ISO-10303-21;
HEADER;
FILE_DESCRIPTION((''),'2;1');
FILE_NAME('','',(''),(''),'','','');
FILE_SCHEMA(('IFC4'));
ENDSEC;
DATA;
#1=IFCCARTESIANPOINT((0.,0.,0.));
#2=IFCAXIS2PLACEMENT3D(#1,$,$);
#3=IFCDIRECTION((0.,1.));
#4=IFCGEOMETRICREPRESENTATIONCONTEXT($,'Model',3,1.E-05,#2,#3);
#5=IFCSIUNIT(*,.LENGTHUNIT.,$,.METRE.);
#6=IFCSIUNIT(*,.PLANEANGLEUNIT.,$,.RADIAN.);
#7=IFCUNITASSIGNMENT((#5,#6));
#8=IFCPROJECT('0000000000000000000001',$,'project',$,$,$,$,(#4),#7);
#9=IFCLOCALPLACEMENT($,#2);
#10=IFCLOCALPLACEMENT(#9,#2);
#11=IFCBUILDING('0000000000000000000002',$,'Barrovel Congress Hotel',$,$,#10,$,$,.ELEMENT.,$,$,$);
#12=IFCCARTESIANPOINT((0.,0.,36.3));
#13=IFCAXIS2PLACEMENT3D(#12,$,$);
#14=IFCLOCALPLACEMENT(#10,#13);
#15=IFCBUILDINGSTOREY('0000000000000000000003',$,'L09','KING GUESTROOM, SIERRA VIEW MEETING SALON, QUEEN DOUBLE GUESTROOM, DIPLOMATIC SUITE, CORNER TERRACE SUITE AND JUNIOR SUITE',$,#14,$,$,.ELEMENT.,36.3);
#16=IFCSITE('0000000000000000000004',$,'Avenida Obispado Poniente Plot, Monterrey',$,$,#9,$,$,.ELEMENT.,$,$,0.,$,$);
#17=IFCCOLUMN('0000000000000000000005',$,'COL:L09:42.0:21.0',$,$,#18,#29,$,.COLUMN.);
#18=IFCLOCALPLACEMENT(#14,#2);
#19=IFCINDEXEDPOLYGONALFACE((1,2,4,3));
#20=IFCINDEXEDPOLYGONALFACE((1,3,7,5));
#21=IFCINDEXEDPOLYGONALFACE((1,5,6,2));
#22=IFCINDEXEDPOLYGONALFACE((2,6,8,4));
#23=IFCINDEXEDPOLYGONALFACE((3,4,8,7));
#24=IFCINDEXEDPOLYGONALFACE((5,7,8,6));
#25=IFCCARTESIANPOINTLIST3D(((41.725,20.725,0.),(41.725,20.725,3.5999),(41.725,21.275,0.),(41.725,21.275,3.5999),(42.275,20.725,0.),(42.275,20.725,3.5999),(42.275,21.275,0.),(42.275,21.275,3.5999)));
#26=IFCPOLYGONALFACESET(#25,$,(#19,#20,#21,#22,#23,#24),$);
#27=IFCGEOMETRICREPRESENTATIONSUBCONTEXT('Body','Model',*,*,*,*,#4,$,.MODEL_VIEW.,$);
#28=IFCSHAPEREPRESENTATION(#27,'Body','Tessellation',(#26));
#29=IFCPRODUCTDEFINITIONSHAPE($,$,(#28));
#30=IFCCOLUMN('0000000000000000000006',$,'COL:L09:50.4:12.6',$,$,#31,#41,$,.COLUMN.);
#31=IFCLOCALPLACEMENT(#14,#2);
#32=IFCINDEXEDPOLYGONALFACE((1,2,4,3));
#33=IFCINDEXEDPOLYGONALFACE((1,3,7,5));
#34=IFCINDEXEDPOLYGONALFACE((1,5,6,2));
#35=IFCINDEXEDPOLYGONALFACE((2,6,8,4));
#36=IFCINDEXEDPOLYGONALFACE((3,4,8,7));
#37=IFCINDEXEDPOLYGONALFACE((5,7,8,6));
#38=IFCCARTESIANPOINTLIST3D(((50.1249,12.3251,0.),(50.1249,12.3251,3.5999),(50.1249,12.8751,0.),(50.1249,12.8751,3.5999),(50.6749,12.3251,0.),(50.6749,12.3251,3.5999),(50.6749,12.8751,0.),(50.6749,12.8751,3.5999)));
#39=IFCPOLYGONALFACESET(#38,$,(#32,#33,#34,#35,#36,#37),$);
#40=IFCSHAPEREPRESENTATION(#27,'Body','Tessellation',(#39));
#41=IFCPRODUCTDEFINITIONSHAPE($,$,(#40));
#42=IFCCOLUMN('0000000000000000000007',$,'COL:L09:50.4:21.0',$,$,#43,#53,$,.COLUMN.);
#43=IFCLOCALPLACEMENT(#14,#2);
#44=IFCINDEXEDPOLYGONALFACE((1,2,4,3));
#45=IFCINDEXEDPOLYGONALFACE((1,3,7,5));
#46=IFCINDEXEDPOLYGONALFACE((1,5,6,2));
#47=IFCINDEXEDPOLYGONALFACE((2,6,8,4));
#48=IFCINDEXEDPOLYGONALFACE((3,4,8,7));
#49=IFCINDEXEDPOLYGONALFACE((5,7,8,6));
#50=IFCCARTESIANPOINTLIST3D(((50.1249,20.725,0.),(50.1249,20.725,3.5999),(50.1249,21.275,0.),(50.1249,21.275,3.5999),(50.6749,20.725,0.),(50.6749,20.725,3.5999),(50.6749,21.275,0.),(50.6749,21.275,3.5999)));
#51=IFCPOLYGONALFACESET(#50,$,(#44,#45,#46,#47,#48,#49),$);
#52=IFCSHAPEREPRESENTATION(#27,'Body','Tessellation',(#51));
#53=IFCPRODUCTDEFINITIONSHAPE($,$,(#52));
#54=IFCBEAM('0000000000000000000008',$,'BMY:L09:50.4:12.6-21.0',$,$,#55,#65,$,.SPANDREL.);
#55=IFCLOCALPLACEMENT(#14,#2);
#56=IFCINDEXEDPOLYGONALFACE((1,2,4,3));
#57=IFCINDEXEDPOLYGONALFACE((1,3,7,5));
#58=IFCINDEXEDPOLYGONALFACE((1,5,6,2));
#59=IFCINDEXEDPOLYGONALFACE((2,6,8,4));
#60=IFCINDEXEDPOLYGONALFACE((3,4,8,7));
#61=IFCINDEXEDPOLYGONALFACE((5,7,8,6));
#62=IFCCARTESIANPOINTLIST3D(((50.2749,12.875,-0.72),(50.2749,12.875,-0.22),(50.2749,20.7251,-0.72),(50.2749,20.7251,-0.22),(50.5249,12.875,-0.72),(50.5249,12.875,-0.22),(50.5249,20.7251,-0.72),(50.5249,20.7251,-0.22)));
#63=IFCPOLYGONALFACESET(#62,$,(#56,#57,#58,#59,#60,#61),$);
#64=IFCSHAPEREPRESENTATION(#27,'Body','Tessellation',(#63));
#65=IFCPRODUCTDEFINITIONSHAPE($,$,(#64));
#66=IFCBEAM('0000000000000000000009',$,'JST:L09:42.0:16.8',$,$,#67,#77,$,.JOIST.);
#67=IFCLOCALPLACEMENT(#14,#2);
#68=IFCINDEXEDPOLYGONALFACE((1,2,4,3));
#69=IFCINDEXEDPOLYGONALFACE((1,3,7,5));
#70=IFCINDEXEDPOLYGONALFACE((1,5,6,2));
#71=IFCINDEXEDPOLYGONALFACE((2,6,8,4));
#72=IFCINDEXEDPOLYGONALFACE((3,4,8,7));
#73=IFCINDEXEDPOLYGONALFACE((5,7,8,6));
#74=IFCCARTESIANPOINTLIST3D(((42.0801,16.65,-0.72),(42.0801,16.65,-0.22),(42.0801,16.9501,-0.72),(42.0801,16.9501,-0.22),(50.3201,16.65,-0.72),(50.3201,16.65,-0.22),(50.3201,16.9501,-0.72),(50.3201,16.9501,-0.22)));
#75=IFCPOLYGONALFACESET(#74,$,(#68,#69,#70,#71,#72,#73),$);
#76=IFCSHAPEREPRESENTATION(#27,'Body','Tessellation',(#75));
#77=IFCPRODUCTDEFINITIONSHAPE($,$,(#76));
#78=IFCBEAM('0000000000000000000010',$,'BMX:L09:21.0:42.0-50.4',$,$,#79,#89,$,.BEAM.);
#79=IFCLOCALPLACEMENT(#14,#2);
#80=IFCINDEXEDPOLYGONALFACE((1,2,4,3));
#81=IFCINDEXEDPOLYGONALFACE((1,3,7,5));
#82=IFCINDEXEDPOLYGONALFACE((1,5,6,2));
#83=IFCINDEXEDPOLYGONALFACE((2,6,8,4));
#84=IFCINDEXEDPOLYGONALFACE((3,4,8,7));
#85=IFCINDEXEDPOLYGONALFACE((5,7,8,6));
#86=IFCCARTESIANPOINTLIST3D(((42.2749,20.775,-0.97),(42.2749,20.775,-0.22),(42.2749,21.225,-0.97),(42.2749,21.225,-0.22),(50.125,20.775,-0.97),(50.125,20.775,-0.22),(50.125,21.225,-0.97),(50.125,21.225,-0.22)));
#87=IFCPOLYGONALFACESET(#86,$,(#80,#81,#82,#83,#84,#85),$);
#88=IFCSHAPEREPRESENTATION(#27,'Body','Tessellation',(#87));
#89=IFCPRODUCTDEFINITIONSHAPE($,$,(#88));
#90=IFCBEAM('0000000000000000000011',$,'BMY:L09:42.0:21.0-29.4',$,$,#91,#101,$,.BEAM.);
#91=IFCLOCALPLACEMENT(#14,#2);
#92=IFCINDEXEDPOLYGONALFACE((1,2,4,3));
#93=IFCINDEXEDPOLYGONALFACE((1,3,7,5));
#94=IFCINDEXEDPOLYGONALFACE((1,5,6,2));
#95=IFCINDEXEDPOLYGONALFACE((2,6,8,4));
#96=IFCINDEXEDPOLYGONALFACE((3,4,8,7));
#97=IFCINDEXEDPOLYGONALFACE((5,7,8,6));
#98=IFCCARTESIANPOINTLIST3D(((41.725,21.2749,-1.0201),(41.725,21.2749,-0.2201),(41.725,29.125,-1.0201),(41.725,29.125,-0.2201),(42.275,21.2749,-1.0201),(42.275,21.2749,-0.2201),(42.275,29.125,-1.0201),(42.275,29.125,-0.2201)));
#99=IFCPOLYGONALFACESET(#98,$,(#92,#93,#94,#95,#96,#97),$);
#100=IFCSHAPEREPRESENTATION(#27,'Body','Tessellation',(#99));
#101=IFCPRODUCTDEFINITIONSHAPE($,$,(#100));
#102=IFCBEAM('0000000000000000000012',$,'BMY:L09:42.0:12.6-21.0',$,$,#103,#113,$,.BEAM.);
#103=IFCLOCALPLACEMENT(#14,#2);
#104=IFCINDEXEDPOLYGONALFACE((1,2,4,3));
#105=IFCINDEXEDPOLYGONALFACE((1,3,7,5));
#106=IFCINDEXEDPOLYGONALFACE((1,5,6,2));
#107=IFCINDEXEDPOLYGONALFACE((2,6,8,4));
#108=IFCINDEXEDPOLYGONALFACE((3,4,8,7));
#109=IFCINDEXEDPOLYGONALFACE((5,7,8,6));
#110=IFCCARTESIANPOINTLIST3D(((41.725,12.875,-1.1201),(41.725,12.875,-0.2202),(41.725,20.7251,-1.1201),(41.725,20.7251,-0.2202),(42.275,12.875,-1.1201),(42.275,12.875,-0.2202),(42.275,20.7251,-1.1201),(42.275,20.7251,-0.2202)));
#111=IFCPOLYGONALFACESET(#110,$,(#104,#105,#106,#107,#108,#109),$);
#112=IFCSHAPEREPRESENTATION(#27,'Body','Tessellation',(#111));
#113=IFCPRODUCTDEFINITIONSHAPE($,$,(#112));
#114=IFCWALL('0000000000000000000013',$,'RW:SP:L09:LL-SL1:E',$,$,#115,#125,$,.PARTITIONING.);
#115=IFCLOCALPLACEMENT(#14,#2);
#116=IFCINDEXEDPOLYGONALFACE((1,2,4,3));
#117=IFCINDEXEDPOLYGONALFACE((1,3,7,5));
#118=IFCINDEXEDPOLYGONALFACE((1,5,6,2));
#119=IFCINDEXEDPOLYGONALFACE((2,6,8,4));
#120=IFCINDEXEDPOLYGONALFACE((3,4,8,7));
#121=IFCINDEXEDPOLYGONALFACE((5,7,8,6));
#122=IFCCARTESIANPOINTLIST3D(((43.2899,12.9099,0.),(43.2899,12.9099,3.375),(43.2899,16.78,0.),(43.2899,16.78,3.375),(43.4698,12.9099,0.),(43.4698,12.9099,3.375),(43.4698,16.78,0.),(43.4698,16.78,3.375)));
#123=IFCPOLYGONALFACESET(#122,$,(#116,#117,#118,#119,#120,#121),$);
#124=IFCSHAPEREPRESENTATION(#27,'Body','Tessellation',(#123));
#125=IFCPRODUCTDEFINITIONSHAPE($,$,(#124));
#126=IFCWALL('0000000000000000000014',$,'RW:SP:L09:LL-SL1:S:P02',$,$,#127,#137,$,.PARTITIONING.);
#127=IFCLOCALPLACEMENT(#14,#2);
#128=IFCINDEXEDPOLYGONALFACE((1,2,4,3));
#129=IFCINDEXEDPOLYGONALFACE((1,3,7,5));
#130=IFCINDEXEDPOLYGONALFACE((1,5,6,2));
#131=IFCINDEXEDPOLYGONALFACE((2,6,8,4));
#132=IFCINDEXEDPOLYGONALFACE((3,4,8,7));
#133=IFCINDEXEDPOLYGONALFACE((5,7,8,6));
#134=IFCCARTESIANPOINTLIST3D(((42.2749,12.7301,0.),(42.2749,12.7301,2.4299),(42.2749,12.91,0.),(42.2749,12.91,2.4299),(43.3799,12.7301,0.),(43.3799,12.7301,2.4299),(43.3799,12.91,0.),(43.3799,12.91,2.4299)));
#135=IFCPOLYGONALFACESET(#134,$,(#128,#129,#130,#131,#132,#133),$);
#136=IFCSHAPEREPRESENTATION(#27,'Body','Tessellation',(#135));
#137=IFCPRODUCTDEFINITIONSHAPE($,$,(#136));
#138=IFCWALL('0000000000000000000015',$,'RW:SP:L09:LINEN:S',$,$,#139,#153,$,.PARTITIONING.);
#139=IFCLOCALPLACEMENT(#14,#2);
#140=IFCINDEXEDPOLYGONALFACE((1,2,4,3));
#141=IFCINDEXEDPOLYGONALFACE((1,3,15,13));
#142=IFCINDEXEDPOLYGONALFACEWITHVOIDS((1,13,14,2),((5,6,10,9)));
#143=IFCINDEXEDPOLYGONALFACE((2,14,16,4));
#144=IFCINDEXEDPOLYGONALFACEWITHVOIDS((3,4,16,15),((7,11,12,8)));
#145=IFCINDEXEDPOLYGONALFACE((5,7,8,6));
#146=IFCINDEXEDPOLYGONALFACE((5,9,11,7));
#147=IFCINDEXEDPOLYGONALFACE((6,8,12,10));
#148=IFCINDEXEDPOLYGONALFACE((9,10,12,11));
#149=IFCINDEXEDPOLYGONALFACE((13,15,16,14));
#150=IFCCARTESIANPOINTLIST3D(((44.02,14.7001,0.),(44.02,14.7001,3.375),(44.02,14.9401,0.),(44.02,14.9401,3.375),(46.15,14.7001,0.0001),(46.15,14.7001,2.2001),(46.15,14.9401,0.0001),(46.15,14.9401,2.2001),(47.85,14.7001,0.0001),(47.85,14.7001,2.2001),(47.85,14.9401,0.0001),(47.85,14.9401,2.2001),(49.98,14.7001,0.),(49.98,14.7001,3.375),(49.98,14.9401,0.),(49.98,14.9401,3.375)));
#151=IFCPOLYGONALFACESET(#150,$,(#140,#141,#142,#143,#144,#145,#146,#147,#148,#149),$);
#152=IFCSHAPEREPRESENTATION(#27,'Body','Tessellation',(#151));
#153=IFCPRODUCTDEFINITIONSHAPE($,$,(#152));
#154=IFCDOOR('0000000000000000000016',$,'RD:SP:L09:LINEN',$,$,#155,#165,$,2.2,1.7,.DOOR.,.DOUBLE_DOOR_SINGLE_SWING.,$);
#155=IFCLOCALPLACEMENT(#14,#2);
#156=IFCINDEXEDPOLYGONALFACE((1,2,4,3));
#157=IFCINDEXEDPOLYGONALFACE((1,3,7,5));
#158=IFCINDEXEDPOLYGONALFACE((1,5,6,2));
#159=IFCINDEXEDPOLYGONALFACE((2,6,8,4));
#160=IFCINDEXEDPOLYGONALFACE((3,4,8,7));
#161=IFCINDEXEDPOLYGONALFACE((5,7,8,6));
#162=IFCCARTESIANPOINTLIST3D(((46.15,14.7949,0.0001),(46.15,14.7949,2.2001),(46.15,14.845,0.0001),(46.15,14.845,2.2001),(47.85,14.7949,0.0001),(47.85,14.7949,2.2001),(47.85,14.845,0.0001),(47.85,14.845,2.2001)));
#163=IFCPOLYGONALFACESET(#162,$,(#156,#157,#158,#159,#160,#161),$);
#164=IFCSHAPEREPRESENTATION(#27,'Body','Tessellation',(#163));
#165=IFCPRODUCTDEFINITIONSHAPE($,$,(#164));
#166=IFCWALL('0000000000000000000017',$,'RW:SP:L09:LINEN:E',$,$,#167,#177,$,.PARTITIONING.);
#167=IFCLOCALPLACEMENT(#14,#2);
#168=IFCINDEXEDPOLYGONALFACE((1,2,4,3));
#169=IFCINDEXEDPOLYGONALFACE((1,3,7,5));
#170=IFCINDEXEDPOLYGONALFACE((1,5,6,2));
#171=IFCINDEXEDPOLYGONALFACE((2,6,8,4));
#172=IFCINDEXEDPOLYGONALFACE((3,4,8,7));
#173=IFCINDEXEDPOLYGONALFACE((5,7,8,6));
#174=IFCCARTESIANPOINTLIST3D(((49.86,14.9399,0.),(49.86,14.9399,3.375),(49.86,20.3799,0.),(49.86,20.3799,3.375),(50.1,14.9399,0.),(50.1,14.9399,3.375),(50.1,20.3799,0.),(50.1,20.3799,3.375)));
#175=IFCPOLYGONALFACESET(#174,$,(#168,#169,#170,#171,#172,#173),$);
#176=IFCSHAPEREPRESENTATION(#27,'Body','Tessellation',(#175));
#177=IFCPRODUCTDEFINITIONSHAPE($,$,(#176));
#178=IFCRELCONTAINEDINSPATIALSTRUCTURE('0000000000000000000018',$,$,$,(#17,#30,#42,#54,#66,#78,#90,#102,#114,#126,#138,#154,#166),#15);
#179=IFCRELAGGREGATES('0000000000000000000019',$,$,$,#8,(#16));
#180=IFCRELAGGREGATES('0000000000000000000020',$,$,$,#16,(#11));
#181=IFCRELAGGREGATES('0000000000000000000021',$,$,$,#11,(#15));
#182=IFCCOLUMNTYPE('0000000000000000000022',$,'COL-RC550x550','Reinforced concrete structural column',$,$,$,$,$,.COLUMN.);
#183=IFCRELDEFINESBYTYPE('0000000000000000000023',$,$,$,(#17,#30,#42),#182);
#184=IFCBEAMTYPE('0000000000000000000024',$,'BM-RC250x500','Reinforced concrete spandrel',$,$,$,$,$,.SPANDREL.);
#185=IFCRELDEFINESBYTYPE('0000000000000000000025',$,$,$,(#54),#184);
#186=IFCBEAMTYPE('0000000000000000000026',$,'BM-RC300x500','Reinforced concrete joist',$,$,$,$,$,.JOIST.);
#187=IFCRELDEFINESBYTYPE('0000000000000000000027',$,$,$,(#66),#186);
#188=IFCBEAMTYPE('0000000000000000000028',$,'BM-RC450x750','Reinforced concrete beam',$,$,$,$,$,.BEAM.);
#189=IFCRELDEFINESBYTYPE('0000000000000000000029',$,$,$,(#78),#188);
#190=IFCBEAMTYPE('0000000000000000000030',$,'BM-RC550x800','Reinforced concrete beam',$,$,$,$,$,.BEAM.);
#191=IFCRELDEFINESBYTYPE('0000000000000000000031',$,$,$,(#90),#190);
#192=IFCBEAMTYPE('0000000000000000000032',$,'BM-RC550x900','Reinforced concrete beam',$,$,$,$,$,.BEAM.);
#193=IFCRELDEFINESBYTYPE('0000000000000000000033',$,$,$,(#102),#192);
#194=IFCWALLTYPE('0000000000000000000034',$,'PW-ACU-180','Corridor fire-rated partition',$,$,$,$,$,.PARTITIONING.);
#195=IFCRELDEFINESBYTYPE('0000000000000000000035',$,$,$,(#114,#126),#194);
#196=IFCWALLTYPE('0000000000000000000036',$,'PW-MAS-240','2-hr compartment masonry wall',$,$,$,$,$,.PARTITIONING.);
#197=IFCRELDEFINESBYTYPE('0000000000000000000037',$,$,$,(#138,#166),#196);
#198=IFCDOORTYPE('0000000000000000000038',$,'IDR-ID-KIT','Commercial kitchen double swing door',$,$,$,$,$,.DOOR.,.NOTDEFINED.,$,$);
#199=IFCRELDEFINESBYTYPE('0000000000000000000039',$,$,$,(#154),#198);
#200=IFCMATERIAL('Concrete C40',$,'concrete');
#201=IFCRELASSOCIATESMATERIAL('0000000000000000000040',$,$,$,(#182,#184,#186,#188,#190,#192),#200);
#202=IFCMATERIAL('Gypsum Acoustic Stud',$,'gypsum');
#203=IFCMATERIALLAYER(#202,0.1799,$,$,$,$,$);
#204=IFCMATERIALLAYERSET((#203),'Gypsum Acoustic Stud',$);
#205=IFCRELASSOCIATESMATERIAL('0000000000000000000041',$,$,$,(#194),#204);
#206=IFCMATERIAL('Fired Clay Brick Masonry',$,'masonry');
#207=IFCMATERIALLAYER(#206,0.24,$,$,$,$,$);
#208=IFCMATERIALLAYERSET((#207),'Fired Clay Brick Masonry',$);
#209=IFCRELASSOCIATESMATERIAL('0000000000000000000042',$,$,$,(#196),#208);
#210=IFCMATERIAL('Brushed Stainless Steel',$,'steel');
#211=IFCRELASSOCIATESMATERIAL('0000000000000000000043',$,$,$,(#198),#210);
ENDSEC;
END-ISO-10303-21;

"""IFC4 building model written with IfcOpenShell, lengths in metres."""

from ifc_helpers import new_model, si_unit, direction, frame, frame_2d, origin, origin_2d, place, context, subcontext, project, spatial, rectangle, extrude, material, layer, layer_set, material_profile, profile_set, type_object, element, fill, save


model = new_model("IFC4")

# Units and contexts
model_context = context("Model", 3, precision=1e-05, world=origin(), true_north=direction((0.0, 1.0)))
body_context = subcontext(model_context, "Body", "Model", "MODEL_VIEW")
ifc_project = project(units=[si_unit("LENGTHUNIT", "METRE"), si_unit("PLANEANGLEUNIT", "RADIAN")], contexts=[model_context])

# Site, building, storey
site_placement = place(None, origin())
site = spatial("IfcSite", under=ifc_project, at=site_placement, Name="Avenida Obispado Poniente Plot, Monterrey", CompositionType="ELEMENT", RefElevation=0.0)
building_placement = place(site_placement, origin())
building = spatial("IfcBuilding", under=site, at=building_placement, Name="Barrovel Congress Hotel", CompositionType="ELEMENT")
storey_placement = place(building_placement, frame((0.0, 0.0, 36.3)))
storey = spatial("IfcBuildingStorey", under=building, at=storey_placement, Name="L09", Description="KING GUESTROOM, SIERRA VIEW MEETING SALON, QUEEN DOUBLE GUESTROOM, DIPLOMATIC SUITE, CORNER TERRACE SUITE AND JUNIOR SUITE", CompositionType="ELEMENT", Elevation=36.3)

# Columns
ifc_material_1 = material(Name="Concrete C40", Category="concrete")
ifc_material_profile_1 = material_profile(ifc_material_1, rectangle(XDim=0.55, YDim=0.55, at=origin_2d()), Name="RC550x550")
ifc_profile_set_1 = profile_set([ifc_material_profile_1], Name="Concrete C40")
column_type = type_object("IfcColumnType", Name="COL-RC550x550", Description="Reinforced concrete structural column", PredefinedType="COLUMN", material=ifc_profile_set_1)
for number, where, z_axis, x_axis, name in (
    (1, (42.0, 21.0, 0.0), (0.0, 0.0, 1.0), (1.0, 0.0, 0.0), "COL:L09:42.0:21.0"),
    (2, (50.3999, 12.6001, 0.0), (0.0, 0.0, 1.0), (1.0, 0.0, 0.0), "COL:L09:50.4:12.6"),
    (3, (50.3999, 21.0, 0.0), (0.0, 0.0, 1.0), (1.0, 0.0, 0.0), "COL:L09:50.4:21.0"),
):
    element("IfcColumn", number, at=place(storey_placement, frame(where, z_axis=z_axis, x_axis=x_axis)), inside=storey, type_object=column_type, Name=name, PredefinedType="COLUMN", context=body_context, shape_type="SweptSolid", body=[
        extrude(rectangle(XDim=0.55, YDim=0.55, at=origin_2d()), origin(), (0.0, 0.0, 1.0), 3.5999),
    ])

# Beams
ifc_material_profile_2 = material_profile(ifc_material_1, rectangle(XDim=0.25, YDim=0.5, at=origin_2d()), Name="RC250x500")
ifc_profile_set_2 = profile_set([ifc_material_profile_2], Name="Concrete C40")
beam_type_1 = type_object("IfcBeamType", Name="BM-RC250x500", Description="Reinforced concrete spandrel", PredefinedType="SPANDREL", material=ifc_profile_set_2)
beam_1_placement = place(storey_placement, frame((50.3999, 12.875, -0.47), z_axis=(0.0, 1.0, 0.0), x_axis=(-1.0, 0.0, 0.0)))
element("IfcBeam", 4, at=beam_1_placement, inside=storey, type_object=beam_type_1, Name="BMY:L09:50.4:12.6-21.0", PredefinedType="SPANDREL", context=body_context, shape_type="SweptSolid", body=[
    extrude(rectangle(XDim=0.25, YDim=0.5, at=origin_2d()), origin(), (0.0, 0.0, 1.0), 7.8501),
])
ifc_material_profile_3 = material_profile(ifc_material_1, rectangle(XDim=0.3, YDim=0.5, at=origin_2d()), Name="RC300x500")
ifc_profile_set_3 = profile_set([ifc_material_profile_3], Name="Concrete C40")
beam_type_2 = type_object("IfcBeamType", Name="BM-RC300x500", Description="Reinforced concrete joist", PredefinedType="JOIST", material=ifc_profile_set_3)
beam_2_placement = place(storey_placement, frame((42.0801, 16.8, -0.47), z_axis=(1.0, 0.0, 0.0), x_axis=(0.0, 1.0, 0.0)))
element("IfcBeam", 5, at=beam_2_placement, inside=storey, type_object=beam_type_2, Name="JST:L09:42.0:16.8", PredefinedType="JOIST", context=body_context, shape_type="SweptSolid", body=[
    extrude(rectangle(XDim=0.3, YDim=0.5, at=origin_2d()), origin(), (0.0, 0.0, 1.0), 8.24),
])
ifc_material_profile_4 = material_profile(ifc_material_1, rectangle(XDim=0.45, YDim=0.75, at=origin_2d()), Name="RC450x750")
ifc_profile_set_4 = profile_set([ifc_material_profile_4], Name="Concrete C40")
beam_type_3 = type_object("IfcBeamType", Name="BM-RC450x750", Description="Reinforced concrete beam", PredefinedType="BEAM", material=ifc_profile_set_4)
beam_3_placement = place(storey_placement, frame((42.2749, 21.0, -0.595), z_axis=(1.0, 0.0, 0.0), x_axis=(0.0, 1.0, 0.0)))
element("IfcBeam", 6, at=beam_3_placement, inside=storey, type_object=beam_type_3, Name="BMX:L09:21.0:42.0-50.4", PredefinedType="BEAM", context=body_context, shape_type="SweptSolid", body=[
    extrude(rectangle(XDim=0.45, YDim=0.75, at=origin_2d()), origin(), (0.0, 0.0, 1.0), 7.8501),
])
ifc_material_profile_5 = material_profile(ifc_material_1, rectangle(XDim=0.55, YDim=0.8, at=origin_2d()), Name="RC550x800")
ifc_profile_set_5 = profile_set([ifc_material_profile_5], Name="Concrete C40")
beam_type_4 = type_object("IfcBeamType", Name="BM-RC550x800", Description="Reinforced concrete beam", PredefinedType="BEAM", material=ifc_profile_set_5)
beam_4_placement = place(storey_placement, frame((42.0, 21.2749, -0.6201), z_axis=(0.0, 1.0, 0.0), x_axis=(-1.0, 0.0, 0.0)))
element("IfcBeam", 7, at=beam_4_placement, inside=storey, type_object=beam_type_4, Name="BMY:L09:42.0:21.0-29.4", PredefinedType="BEAM", context=body_context, shape_type="SweptSolid", body=[
    extrude(rectangle(XDim=0.55, YDim=0.8, at=origin_2d()), origin(), (0.0, 0.0, 1.0), 7.8501),
])
ifc_material_profile_6 = material_profile(ifc_material_1, rectangle(XDim=0.55, YDim=0.8999, at=origin_2d()), Name="RC550x900")
ifc_profile_set_6 = profile_set([ifc_material_profile_6], Name="Concrete C40")
beam_type_5 = type_object("IfcBeamType", Name="BM-RC550x900", Description="Reinforced concrete beam", PredefinedType="BEAM", material=ifc_profile_set_6)
beam_5_placement = place(storey_placement, frame((42.0, 12.875, -0.6702), z_axis=(0.0, 1.0, 0.0), x_axis=(-1.0, 0.0, 0.0)))
element("IfcBeam", 8, at=beam_5_placement, inside=storey, type_object=beam_type_5, Name="BMY:L09:42.0:12.6-21.0", PredefinedType="BEAM", context=body_context, shape_type="SweptSolid", body=[
    extrude(rectangle(XDim=0.55, YDim=0.8999, at=origin_2d()), origin(), (0.0, 0.0, 1.0), 7.8501),
])

# Shared definitions
ifc_material_2 = material(Name="Gypsum Acoustic Stud", Category="gypsum")
ifc_layer_1 = layer(ifc_material_2, 0.1799)
ifc_layer_set_1 = layer_set([ifc_layer_1], Name="Gypsum Acoustic Stud")
wall_type_1 = type_object("IfcWallType", Name="PW-ACU-180", Description="Corridor fire-rated partition", PredefinedType="PARTITIONING", material=ifc_layer_set_1)

# Walls
wall_1_placement = place(storey_placement, frame((43.3799, 12.9099, 0.0), z_axis=(0.0, 0.0, 1.0), x_axis=(0.0, 1.0, 0.0)))
element("IfcWall", 9, at=wall_1_placement, inside=storey, type_object=wall_type_1, Name="RW:SP:L09:LL-SL1:E", PredefinedType="PARTITIONING", context=body_context, shape_type="SweptSolid", body=[
    extrude(rectangle(XDim=3.8701, YDim=0.1799, at=frame_2d((1.9351, 0.0))), origin(), (0.0, 0.0, 1.0), 3.375),
])
wall_2_placement = place(storey_placement, frame((42.2749, 12.8201, 0.0), z_axis=(0.0, 0.0, 1.0), x_axis=(1.0, 0.0, 0.0)))
element("IfcWall", 10, at=wall_2_placement, inside=storey, type_object=wall_type_1, Name="RW:SP:L09:LL-SL1:S:P02", PredefinedType="PARTITIONING", context=body_context, shape_type="SweptSolid", body=[
    extrude(rectangle(XDim=1.105, YDim=0.1799, at=frame_2d((0.5525, 0.0))), origin(), (0.0, 0.0, 1.0), 2.4299),
])

# Wall, opening, door
ifc_material_3 = material(Name="Fired Clay Brick Masonry", Category="masonry")
ifc_layer_2 = layer(ifc_material_3, 0.24)
ifc_layer_set_2 = layer_set([ifc_layer_2], Name="Fired Clay Brick Masonry")
wall_type_2 = type_object("IfcWallType", Name="PW-MAS-240", Description="2-hr compartment masonry wall", PredefinedType="PARTITIONING", material=ifc_layer_set_2)
wall_3_placement = place(storey_placement, frame((44.02, 14.8201, 0.0), z_axis=(0.0, 0.0, 1.0), x_axis=(1.0, 0.0, 0.0)))
wall_3 = element("IfcWall", 11, at=wall_3_placement, inside=storey, type_object=wall_type_2, Name="RW:SP:L09:LINEN:S", PredefinedType="PARTITIONING", context=body_context, shape_type="SweptSolid", body=[
    extrude(rectangle(XDim=5.96, YDim=0.24, at=frame_2d((2.98, 0.0))), origin(), (0.0, 0.0, 1.0), 3.375),
])
opening_1_placement = place(wall_3_placement, frame((2.1299, 0.0, 0.0)))
opening_1 = element("IfcOpeningElement", 12, at=opening_1_placement, cuts=wall_3, PredefinedType="OPENING", context=body_context, shape_type="SweptSolid", body=[
    extrude(rectangle(XDim=1.7, YDim=2.2, at=frame_2d((0.8501, 1.1001))), frame((0.0, 0.1299, 0.0), z_axis=(0.0, -1.0, 0.0), x_axis=(1.0, 0.0, 0.0)), (0.0, 0.0, 1.0), 0.26),
])
ifc_material_4 = material(Name="Brushed Stainless Steel", Category="steel")
door_type_1 = type_object("IfcDoorType", Name="IDR-ID-KIT", Description="Commercial kitchen double swing door", OperationType="NOTDEFINED", PredefinedType="DOOR", material=ifc_material_4)
door_1_placement = place(opening_1_placement, origin())
door_1 = element("IfcDoor", 13, at=door_1_placement, inside=storey, type_object=door_type_1, Name="RD:SP:L09:LINEN", OperationType="DOUBLE_DOOR_SINGLE_SWING", OverallHeight=2.2, OverallWidth=1.7, PredefinedType="DOOR", context=body_context, shape_type="SweptSolid", body=[
    extrude(rectangle(XDim=1.7, YDim=2.2, at=frame_2d((0.8501, 1.1001))), frame((0.0, 0.0249, 0.0), z_axis=(0.0, -1.0, 0.0), x_axis=(1.0, 0.0, 0.0)), (0.0, 0.0, 1.0), 0.05),
])
fill(opening_1, door_1)

# Wall
wall_4_placement = place(storey_placement, frame((49.98, 14.9399, 0.0), z_axis=(0.0, 0.0, 1.0), x_axis=(0.0, 1.0, 0.0)))
element("IfcWall", 14, at=wall_4_placement, inside=storey, type_object=wall_type_2, Name="RW:SP:L09:LINEN:E", PredefinedType="PARTITIONING", context=body_context, shape_type="SweptSolid", body=[
    extrude(rectangle(XDim=5.4399, YDim=0.24, at=frame_2d((2.72, 0.0))), origin(), (0.0, 0.0, 1.0), 3.375),
])

save(model, "model.ifc")
